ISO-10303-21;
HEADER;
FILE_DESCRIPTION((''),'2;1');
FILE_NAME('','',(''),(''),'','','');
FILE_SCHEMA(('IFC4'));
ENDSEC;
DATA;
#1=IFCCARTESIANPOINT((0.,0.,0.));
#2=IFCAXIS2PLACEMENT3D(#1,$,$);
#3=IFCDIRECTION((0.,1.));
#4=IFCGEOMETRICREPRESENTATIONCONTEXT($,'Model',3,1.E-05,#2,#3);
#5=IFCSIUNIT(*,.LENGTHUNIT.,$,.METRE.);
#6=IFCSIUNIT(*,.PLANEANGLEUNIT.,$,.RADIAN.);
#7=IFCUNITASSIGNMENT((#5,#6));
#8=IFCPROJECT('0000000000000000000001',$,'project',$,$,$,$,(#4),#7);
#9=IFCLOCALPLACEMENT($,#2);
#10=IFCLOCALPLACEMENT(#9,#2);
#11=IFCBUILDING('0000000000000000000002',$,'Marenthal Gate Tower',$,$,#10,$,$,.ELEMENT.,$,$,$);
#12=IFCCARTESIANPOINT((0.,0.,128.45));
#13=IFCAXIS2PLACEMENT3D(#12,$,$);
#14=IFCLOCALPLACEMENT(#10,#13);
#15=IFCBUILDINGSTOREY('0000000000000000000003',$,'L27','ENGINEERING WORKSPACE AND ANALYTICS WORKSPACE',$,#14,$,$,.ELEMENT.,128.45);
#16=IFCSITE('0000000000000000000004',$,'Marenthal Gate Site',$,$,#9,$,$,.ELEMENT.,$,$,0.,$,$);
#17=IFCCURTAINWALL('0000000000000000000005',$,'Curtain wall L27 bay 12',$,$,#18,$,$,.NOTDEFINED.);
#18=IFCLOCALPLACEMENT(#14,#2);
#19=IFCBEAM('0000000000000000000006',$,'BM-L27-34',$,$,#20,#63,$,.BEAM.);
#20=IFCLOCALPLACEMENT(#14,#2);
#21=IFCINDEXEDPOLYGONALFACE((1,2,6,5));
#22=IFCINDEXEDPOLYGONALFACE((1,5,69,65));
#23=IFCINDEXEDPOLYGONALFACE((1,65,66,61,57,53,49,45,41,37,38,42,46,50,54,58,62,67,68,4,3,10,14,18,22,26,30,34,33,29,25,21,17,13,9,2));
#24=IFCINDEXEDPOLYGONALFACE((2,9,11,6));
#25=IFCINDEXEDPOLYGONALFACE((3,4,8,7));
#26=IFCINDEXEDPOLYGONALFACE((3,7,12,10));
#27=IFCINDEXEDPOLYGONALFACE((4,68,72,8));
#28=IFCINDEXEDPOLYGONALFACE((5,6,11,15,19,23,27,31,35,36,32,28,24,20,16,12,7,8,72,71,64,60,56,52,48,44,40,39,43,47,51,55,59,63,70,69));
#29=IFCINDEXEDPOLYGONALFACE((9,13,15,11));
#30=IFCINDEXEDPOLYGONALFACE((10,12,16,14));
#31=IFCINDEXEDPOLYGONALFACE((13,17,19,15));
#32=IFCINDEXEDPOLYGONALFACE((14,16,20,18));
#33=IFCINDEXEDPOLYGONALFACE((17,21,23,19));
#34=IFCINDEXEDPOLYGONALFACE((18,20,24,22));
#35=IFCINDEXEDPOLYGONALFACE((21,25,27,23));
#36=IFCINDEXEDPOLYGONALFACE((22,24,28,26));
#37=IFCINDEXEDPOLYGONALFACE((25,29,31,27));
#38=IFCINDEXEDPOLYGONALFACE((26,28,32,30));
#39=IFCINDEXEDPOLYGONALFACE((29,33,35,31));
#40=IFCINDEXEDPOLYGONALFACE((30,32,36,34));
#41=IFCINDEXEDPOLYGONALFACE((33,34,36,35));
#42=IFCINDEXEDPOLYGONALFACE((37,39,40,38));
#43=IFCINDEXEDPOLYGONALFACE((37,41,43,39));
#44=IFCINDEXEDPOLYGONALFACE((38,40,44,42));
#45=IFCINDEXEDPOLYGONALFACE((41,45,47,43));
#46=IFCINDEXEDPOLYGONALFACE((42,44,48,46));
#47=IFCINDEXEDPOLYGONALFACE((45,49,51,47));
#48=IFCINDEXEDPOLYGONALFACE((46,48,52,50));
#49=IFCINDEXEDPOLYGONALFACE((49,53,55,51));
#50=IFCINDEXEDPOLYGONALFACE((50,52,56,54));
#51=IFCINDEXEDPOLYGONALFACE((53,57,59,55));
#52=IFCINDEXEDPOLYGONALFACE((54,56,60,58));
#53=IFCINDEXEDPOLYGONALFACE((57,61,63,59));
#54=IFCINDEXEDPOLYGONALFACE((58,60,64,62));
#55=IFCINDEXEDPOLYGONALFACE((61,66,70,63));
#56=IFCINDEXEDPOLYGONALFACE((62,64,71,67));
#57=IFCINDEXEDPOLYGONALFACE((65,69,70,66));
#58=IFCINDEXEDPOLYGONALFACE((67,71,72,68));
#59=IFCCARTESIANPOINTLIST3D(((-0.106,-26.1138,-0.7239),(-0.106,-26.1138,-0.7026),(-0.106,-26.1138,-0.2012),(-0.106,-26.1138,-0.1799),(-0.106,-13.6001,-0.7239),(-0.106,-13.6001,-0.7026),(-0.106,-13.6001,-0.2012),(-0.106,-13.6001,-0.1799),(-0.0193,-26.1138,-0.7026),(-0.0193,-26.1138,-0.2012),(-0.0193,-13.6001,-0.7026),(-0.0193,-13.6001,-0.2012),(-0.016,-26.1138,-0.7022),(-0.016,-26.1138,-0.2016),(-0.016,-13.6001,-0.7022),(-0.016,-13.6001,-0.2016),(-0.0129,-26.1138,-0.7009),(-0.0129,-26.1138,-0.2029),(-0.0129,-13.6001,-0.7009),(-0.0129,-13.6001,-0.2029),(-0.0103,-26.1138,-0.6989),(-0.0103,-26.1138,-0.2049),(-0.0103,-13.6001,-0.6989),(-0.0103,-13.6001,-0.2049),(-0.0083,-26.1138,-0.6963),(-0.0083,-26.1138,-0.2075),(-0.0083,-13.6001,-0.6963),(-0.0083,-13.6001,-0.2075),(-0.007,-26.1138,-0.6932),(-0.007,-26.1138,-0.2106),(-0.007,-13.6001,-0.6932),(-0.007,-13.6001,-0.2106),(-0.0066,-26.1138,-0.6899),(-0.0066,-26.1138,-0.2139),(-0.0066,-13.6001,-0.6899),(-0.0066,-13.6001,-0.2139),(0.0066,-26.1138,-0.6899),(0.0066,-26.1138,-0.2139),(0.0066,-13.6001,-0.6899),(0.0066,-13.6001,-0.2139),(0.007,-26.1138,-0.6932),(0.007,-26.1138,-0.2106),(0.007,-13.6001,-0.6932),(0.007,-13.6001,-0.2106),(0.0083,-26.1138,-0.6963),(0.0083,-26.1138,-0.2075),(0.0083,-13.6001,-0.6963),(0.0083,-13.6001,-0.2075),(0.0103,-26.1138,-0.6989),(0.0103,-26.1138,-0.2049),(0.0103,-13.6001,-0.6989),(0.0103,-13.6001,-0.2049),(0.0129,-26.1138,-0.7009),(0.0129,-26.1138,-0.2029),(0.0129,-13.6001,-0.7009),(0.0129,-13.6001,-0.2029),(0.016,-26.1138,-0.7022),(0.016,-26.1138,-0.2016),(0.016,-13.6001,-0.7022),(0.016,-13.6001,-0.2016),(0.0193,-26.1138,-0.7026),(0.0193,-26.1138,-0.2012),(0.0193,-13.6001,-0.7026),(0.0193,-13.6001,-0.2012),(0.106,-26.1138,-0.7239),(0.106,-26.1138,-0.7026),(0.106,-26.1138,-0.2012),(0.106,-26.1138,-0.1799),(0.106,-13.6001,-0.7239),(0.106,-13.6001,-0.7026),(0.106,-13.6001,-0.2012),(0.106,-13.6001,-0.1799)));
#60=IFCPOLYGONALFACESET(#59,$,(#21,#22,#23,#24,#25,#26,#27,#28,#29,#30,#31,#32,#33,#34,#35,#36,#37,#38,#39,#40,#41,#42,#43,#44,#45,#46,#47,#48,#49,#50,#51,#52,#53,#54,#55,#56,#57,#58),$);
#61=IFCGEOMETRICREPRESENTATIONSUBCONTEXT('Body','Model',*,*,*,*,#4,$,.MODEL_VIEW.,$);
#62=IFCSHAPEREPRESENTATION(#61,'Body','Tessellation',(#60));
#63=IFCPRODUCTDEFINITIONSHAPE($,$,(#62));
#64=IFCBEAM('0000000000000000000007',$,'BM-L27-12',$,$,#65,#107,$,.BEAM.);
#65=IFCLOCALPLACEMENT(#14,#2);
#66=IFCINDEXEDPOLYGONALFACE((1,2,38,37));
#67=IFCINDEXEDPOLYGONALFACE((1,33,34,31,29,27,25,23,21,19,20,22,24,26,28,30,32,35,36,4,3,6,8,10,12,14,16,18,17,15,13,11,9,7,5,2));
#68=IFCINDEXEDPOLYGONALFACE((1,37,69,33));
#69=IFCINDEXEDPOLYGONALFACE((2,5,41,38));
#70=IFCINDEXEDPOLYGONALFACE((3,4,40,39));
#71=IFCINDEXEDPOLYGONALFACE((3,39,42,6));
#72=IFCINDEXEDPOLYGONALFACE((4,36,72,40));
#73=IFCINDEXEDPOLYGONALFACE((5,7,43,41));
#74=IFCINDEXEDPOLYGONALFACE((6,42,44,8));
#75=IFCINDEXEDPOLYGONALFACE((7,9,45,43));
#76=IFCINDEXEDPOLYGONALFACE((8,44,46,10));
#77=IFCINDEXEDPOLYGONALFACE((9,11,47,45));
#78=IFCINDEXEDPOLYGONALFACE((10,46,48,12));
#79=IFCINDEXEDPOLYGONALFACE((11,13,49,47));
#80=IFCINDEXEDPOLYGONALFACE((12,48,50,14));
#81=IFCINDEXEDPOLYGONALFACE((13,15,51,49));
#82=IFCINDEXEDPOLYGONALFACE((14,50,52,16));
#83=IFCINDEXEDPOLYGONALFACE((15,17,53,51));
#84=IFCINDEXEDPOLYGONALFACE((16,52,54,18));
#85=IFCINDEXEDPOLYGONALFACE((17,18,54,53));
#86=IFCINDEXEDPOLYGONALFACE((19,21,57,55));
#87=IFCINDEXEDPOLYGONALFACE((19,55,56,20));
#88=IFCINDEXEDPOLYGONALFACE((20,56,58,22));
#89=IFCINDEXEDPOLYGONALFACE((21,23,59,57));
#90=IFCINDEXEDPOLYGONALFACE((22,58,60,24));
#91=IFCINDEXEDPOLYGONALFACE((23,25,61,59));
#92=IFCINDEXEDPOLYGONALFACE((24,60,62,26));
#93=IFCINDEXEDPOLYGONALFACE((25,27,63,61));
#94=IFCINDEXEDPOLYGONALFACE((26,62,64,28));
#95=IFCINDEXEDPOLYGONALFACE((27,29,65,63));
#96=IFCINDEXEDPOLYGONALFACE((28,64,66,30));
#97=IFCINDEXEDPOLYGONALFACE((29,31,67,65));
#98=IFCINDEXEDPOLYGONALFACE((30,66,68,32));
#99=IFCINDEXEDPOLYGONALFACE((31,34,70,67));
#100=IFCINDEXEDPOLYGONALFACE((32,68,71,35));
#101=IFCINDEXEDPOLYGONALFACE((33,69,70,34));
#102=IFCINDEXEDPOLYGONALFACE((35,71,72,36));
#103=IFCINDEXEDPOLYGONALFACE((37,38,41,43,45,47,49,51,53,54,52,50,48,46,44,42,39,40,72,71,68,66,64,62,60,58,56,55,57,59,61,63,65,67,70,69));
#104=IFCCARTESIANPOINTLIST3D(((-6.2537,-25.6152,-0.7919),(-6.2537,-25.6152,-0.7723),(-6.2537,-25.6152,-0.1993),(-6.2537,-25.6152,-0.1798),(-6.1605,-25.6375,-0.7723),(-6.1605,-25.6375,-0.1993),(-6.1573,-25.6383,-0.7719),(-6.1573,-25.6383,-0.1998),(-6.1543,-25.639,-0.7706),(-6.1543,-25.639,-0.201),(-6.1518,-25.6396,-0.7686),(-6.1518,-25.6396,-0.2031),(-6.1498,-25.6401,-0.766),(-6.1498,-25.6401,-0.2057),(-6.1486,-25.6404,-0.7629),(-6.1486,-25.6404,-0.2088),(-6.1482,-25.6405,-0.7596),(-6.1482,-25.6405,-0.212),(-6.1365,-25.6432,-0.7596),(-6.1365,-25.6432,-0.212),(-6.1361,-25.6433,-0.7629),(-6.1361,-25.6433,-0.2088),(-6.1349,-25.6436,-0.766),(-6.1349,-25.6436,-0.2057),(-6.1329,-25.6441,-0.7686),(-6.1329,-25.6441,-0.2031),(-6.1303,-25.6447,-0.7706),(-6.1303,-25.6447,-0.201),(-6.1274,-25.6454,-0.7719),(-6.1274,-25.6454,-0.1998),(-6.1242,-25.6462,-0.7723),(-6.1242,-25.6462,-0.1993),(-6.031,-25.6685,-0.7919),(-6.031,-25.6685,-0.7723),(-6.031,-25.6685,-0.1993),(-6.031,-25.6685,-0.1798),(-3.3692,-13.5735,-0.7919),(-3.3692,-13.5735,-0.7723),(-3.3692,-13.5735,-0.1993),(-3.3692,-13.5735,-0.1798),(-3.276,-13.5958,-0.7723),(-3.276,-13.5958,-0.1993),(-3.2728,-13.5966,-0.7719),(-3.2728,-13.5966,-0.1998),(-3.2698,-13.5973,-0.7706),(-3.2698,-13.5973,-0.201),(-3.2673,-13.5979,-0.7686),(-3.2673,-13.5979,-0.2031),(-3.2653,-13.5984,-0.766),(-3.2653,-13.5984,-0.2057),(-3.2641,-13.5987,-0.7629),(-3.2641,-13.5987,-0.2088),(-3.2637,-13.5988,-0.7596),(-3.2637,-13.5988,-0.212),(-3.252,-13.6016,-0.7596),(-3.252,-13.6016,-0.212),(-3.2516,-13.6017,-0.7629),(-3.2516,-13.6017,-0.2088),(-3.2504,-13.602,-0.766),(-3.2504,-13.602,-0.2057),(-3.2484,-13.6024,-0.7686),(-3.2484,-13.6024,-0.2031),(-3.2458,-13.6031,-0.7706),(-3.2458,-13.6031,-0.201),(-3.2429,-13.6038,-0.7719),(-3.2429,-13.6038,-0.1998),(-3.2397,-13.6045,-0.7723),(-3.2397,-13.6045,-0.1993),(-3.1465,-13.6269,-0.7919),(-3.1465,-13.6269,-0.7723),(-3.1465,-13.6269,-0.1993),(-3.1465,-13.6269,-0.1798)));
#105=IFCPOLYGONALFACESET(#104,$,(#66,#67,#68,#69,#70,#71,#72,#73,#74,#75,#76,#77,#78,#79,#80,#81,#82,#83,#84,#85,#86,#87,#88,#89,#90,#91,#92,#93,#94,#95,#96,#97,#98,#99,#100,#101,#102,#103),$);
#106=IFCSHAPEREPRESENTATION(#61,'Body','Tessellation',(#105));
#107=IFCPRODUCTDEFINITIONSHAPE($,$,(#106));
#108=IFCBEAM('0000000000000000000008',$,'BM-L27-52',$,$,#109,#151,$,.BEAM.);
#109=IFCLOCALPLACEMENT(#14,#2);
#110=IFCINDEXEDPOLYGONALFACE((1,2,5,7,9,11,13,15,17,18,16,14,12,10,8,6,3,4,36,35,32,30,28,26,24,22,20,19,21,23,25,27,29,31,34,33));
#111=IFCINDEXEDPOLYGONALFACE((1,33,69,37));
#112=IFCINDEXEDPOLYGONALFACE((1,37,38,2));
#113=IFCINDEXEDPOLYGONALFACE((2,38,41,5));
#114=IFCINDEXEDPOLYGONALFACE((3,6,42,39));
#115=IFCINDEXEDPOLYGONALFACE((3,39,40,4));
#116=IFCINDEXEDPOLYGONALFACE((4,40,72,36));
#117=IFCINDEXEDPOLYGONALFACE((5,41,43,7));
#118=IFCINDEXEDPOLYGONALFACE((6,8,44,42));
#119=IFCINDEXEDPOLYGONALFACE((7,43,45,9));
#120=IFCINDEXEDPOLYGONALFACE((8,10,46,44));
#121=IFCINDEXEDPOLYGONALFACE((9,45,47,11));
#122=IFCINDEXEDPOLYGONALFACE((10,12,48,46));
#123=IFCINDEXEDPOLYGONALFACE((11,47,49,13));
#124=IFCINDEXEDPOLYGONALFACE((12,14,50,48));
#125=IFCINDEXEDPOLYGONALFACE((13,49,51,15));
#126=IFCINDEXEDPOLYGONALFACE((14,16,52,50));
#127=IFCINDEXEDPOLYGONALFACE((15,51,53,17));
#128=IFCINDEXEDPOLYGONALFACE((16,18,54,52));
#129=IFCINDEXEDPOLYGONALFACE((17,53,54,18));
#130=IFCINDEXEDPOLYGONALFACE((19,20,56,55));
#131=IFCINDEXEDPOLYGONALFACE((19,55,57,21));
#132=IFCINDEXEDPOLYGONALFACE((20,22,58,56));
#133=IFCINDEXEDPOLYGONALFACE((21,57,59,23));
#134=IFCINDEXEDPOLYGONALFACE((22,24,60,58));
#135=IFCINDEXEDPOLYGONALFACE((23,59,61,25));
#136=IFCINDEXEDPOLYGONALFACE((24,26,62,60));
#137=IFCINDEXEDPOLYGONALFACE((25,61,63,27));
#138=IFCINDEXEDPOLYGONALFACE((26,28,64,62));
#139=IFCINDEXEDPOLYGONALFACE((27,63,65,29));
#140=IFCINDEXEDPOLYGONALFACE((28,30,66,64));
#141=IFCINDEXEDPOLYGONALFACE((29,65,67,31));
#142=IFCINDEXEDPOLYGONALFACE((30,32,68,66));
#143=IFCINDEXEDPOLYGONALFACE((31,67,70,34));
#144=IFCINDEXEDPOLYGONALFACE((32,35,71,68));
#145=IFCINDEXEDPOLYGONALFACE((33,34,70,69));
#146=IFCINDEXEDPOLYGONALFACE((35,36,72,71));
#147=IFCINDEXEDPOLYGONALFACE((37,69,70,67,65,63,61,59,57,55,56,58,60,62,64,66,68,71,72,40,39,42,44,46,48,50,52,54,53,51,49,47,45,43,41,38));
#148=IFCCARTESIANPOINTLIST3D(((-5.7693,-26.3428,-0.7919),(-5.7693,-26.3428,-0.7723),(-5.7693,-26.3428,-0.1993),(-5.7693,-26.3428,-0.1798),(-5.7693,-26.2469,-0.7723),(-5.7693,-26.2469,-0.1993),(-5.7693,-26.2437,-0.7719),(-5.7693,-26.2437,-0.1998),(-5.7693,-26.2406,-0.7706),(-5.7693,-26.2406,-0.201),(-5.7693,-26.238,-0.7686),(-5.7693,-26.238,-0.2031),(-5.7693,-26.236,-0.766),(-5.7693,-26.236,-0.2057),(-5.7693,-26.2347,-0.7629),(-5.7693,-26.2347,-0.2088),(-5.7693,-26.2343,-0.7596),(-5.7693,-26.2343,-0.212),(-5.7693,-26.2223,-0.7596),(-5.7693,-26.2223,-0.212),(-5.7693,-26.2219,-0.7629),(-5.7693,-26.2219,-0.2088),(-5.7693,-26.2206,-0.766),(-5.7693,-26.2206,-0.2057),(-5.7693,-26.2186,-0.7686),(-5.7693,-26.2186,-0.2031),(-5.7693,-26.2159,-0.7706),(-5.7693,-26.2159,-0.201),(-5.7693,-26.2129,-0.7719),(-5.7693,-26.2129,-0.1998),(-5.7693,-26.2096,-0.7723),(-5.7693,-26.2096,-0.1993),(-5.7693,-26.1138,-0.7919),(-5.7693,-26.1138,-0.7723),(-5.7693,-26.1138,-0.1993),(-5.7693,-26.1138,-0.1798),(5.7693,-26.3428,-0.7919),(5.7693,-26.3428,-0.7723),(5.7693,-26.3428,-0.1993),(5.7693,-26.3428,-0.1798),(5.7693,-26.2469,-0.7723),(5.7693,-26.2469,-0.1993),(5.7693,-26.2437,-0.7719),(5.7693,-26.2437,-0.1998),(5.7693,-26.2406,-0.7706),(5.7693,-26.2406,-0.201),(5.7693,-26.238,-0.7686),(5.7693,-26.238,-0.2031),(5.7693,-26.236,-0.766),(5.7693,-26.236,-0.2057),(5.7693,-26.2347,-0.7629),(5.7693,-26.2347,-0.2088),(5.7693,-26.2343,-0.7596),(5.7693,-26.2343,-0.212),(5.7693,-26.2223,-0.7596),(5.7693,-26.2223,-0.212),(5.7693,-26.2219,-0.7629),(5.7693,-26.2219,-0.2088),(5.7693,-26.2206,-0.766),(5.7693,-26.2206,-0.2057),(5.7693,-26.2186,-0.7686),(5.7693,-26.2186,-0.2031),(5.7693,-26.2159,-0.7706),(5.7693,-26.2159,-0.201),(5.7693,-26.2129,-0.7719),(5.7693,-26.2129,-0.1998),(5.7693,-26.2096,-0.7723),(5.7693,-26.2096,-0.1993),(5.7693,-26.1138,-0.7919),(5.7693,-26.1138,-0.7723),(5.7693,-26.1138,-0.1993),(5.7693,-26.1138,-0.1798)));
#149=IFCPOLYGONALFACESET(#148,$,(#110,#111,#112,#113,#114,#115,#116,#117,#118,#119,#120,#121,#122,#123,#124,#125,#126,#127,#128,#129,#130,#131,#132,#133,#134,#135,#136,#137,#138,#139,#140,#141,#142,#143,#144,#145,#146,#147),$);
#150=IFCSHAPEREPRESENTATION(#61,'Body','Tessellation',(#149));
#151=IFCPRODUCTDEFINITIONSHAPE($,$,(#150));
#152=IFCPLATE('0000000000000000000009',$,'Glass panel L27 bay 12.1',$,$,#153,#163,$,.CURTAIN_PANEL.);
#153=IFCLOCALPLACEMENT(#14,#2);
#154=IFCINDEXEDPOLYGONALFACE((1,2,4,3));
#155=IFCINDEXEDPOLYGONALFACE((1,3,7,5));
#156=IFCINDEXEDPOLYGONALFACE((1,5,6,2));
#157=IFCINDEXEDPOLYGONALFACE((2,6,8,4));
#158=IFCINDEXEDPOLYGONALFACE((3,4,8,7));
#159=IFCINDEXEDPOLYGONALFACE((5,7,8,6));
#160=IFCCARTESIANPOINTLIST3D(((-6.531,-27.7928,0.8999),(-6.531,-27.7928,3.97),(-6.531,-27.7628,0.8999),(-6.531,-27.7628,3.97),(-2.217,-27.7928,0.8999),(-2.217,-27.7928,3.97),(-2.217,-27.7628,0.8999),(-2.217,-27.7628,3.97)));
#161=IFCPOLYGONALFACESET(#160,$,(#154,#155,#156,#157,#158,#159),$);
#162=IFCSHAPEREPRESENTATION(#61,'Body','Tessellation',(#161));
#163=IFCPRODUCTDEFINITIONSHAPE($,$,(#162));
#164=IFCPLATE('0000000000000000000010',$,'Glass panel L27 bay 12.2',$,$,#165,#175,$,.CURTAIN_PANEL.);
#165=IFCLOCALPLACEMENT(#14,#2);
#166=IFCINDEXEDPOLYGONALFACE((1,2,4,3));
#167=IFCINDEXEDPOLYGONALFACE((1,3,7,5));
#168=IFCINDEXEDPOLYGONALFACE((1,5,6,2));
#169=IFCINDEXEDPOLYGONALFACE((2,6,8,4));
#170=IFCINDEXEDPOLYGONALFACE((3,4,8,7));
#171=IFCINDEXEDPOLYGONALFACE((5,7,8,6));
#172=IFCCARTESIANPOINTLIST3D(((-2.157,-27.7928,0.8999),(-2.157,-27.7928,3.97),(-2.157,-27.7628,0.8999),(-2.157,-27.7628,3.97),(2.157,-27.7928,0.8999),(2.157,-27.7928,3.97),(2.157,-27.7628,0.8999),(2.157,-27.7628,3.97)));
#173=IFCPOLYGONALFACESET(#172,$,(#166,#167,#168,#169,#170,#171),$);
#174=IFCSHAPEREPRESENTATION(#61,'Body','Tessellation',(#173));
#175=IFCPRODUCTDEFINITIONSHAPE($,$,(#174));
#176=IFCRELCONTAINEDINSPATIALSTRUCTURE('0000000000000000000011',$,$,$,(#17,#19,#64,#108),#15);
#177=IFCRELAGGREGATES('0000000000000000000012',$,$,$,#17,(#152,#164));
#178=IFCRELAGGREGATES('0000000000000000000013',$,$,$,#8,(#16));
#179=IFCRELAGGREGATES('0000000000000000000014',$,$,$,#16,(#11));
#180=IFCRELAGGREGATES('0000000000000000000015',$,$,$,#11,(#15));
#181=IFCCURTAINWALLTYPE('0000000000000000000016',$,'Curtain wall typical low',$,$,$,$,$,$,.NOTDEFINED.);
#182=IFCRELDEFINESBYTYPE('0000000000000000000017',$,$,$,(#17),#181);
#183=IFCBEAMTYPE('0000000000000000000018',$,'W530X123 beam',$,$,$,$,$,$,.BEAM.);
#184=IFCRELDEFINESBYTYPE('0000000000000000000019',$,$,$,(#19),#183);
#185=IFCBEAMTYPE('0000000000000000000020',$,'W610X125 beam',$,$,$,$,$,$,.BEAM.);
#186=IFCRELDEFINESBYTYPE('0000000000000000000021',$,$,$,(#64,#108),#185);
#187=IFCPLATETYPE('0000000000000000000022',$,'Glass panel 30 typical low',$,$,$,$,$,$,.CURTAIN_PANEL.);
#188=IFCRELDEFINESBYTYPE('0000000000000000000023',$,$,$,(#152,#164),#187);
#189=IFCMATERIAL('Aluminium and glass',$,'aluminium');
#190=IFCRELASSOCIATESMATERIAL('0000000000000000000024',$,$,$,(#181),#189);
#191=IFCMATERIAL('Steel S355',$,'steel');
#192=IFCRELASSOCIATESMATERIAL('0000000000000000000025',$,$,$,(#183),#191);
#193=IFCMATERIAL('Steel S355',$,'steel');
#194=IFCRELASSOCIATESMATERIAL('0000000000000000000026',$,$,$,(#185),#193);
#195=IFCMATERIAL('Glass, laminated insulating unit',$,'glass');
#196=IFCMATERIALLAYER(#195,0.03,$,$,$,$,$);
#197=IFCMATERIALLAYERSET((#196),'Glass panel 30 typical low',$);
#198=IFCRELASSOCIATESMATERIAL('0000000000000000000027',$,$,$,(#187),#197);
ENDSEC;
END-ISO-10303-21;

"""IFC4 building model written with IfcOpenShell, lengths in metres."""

from ifc_helpers import new_model, si_unit, direction, frame, origin, origin_2d, place, context, subcontext, project, spatial, rectangle, i_section, extrude, material, layer, layer_set, material_profile, profile_set, type_object, element, aggregate, save


model = new_model("IFC4")

# Units and contexts
model_context = context("Model", 3, precision=1e-05, world=origin(), true_north=direction((0.0, 1.0)))
body_context = subcontext(model_context, "Body", "Model", "MODEL_VIEW")
ifc_project = project(units=[si_unit("LENGTHUNIT", "METRE"), si_unit("PLANEANGLEUNIT", "RADIAN")], contexts=[model_context])

# Site, building, storey
site_placement = place(None, origin())
site = spatial("IfcSite", under=ifc_project, at=site_placement, Name="Marenthal Gate Site", CompositionType="ELEMENT", RefElevation=0.0)
building_placement = place(site_placement, origin())
building = spatial("IfcBuilding", under=site, at=building_placement, Name="Marenthal Gate Tower", CompositionType="ELEMENT")
storey_placement = place(building_placement, frame((0.0, 0.0, 128.45)))
storey = spatial("IfcBuildingStorey", under=building, at=storey_placement, Name="L27", Description="ENGINEERING WORKSPACE AND ANALYTICS WORKSPACE", CompositionType="ELEMENT", Elevation=128.45)

# Curtain wall
ifc_material_1 = material(Name="Aluminium and glass", Category="aluminium")
curtain_wall_type = type_object("IfcCurtainWallType", Name="Curtain wall typical low", PredefinedType="NOTDEFINED", material=ifc_material_1)
curtain_wall_placement = place(storey_placement, origin())
curtain_wall = element("IfcCurtainWall", 1, at=curtain_wall_placement, inside=storey, type_object=curtain_wall_type, Name="Curtain wall L27 bay 12", PredefinedType="NOTDEFINED")

# Beams
ifc_material_2 = material(Name="Steel S355", Category="steel")
ifc_material_profile_1 = material_profile(ifc_material_2, i_section(OverallWidth=0.2119, OverallDepth=0.5439, WebThickness=0.0132, FlangeThickness=0.0212, FilletRadius=0.0127, at=origin_2d()), Name="W530X123")
ifc_profile_set_1 = profile_set([ifc_material_profile_1], Name="Steel S355")
beam_type_1 = type_object("IfcBeamType", Name="W530X123 beam", PredefinedType="BEAM", material=ifc_profile_set_1)
beam_1_placement = place(storey_placement, frame((0.0, -26.1138, -0.4519), z_axis=(0.0, 1.0, 0.0), x_axis=(-1.0, 0.0, 0.0)))
element("IfcBeam", 2, at=beam_1_placement, inside=storey, type_object=beam_type_1, Name="BM-L27-34", PredefinedType="BEAM", context=body_context, shape_type="SweptSolid", body=[
    extrude(i_section(OverallWidth=0.2119, OverallDepth=0.5439, WebThickness=0.0132, FlangeThickness=0.0212, FilletRadius=0.0127, at=origin_2d()), origin(), (0.0, 0.0, 1.0), 12.5137),
])
ifc_material_3 = material(Name="Steel S355", Category="steel")
ifc_material_profile_2 = material_profile(ifc_material_3, i_section(OverallWidth=0.229, OverallDepth=0.6121, WebThickness=0.012, FlangeThickness=0.0195, FilletRadius=0.0127, at=origin_2d()), Name="W610X125")
ifc_profile_set_2 = profile_set([ifc_material_profile_2], Name="Steel S355")
beam_type_2 = type_object("IfcBeamType", Name="W610X125 beam", PredefinedType="BEAM", material=ifc_profile_set_2)
beam_2_placement = place(storey_placement, frame((-6.1423, -25.6418, -0.4858), z_axis=(0.232953, 0.972488, 0.0), x_axis=(-0.972488, 0.232953, 0.0)))
element("IfcBeam", 3, at=beam_2_placement, inside=storey, type_object=beam_type_2, Name="BM-L27-12", PredefinedType="BEAM", context=body_context, shape_type="SweptSolid", body=[
    extrude(i_section(OverallWidth=0.229, OverallDepth=0.6121, WebThickness=0.012, FlangeThickness=0.0195, FilletRadius=0.0127, at=origin_2d()), origin(), (0.0, 0.0, 1.0), 12.3823),
])
beam_3_placement = place(storey_placement, frame((-5.7693, -26.2283, -0.4858), z_axis=(1.0, 0.0, 0.0), x_axis=(0.0, 1.0, 0.0)))
element("IfcBeam", 4, at=beam_3_placement, inside=storey, type_object=beam_type_2, Name="BM-L27-52", PredefinedType="BEAM", context=body_context, shape_type="SweptSolid", body=[
    extrude(i_section(OverallWidth=0.229, OverallDepth=0.6121, WebThickness=0.012, FlangeThickness=0.0195, FilletRadius=0.0127, at=origin_2d()), origin(), (0.0, 0.0, 1.0), 11.5386),
])

# Plates
ifc_material_4 = material(Name="Glass, laminated insulating unit", Category="glass")
ifc_layer_1 = layer(ifc_material_4, 0.03)
ifc_layer_set_1 = layer_set([ifc_layer_1], Name="Glass panel 30 typical low")
plate_type = type_object("IfcPlateType", Name="Glass panel 30 typical low", PredefinedType="CURTAIN_PANEL", material=ifc_layer_set_1)
plate_1_placement = place(storey_placement, frame((-4.374, -27.7778, 0.8999), z_axis=(0.0, 0.0, 1.0), x_axis=(1.0, 0.0, 0.0)))
plate_1 = element("IfcPlate", 5, at=plate_1_placement, type_object=plate_type, Name="Glass panel L27 bay 12.1", PredefinedType="CURTAIN_PANEL", context=body_context, shape_type="SweptSolid", body=[
    extrude(rectangle(XDim=4.314, YDim=0.03, at=origin_2d()), origin(), (0.0, 0.0, 1.0), 3.0701),
])
plate_2_placement = place(storey_placement, frame((0.0, -27.7778, 0.8999), z_axis=(0.0, 0.0, 1.0), x_axis=(1.0, 0.0, 0.0)))
plate_2 = element("IfcPlate", 6, at=plate_2_placement, type_object=plate_type, Name="Glass panel L27 bay 12.2", PredefinedType="CURTAIN_PANEL", context=body_context, shape_type="SweptSolid", body=[
    extrude(rectangle(XDim=4.314, YDim=0.03, at=origin_2d()), origin(), (0.0, 0.0, 1.0), 3.0701),
])
aggregate(curtain_wall, [plate_1, plate_2])

save(model, "model.ifc")
